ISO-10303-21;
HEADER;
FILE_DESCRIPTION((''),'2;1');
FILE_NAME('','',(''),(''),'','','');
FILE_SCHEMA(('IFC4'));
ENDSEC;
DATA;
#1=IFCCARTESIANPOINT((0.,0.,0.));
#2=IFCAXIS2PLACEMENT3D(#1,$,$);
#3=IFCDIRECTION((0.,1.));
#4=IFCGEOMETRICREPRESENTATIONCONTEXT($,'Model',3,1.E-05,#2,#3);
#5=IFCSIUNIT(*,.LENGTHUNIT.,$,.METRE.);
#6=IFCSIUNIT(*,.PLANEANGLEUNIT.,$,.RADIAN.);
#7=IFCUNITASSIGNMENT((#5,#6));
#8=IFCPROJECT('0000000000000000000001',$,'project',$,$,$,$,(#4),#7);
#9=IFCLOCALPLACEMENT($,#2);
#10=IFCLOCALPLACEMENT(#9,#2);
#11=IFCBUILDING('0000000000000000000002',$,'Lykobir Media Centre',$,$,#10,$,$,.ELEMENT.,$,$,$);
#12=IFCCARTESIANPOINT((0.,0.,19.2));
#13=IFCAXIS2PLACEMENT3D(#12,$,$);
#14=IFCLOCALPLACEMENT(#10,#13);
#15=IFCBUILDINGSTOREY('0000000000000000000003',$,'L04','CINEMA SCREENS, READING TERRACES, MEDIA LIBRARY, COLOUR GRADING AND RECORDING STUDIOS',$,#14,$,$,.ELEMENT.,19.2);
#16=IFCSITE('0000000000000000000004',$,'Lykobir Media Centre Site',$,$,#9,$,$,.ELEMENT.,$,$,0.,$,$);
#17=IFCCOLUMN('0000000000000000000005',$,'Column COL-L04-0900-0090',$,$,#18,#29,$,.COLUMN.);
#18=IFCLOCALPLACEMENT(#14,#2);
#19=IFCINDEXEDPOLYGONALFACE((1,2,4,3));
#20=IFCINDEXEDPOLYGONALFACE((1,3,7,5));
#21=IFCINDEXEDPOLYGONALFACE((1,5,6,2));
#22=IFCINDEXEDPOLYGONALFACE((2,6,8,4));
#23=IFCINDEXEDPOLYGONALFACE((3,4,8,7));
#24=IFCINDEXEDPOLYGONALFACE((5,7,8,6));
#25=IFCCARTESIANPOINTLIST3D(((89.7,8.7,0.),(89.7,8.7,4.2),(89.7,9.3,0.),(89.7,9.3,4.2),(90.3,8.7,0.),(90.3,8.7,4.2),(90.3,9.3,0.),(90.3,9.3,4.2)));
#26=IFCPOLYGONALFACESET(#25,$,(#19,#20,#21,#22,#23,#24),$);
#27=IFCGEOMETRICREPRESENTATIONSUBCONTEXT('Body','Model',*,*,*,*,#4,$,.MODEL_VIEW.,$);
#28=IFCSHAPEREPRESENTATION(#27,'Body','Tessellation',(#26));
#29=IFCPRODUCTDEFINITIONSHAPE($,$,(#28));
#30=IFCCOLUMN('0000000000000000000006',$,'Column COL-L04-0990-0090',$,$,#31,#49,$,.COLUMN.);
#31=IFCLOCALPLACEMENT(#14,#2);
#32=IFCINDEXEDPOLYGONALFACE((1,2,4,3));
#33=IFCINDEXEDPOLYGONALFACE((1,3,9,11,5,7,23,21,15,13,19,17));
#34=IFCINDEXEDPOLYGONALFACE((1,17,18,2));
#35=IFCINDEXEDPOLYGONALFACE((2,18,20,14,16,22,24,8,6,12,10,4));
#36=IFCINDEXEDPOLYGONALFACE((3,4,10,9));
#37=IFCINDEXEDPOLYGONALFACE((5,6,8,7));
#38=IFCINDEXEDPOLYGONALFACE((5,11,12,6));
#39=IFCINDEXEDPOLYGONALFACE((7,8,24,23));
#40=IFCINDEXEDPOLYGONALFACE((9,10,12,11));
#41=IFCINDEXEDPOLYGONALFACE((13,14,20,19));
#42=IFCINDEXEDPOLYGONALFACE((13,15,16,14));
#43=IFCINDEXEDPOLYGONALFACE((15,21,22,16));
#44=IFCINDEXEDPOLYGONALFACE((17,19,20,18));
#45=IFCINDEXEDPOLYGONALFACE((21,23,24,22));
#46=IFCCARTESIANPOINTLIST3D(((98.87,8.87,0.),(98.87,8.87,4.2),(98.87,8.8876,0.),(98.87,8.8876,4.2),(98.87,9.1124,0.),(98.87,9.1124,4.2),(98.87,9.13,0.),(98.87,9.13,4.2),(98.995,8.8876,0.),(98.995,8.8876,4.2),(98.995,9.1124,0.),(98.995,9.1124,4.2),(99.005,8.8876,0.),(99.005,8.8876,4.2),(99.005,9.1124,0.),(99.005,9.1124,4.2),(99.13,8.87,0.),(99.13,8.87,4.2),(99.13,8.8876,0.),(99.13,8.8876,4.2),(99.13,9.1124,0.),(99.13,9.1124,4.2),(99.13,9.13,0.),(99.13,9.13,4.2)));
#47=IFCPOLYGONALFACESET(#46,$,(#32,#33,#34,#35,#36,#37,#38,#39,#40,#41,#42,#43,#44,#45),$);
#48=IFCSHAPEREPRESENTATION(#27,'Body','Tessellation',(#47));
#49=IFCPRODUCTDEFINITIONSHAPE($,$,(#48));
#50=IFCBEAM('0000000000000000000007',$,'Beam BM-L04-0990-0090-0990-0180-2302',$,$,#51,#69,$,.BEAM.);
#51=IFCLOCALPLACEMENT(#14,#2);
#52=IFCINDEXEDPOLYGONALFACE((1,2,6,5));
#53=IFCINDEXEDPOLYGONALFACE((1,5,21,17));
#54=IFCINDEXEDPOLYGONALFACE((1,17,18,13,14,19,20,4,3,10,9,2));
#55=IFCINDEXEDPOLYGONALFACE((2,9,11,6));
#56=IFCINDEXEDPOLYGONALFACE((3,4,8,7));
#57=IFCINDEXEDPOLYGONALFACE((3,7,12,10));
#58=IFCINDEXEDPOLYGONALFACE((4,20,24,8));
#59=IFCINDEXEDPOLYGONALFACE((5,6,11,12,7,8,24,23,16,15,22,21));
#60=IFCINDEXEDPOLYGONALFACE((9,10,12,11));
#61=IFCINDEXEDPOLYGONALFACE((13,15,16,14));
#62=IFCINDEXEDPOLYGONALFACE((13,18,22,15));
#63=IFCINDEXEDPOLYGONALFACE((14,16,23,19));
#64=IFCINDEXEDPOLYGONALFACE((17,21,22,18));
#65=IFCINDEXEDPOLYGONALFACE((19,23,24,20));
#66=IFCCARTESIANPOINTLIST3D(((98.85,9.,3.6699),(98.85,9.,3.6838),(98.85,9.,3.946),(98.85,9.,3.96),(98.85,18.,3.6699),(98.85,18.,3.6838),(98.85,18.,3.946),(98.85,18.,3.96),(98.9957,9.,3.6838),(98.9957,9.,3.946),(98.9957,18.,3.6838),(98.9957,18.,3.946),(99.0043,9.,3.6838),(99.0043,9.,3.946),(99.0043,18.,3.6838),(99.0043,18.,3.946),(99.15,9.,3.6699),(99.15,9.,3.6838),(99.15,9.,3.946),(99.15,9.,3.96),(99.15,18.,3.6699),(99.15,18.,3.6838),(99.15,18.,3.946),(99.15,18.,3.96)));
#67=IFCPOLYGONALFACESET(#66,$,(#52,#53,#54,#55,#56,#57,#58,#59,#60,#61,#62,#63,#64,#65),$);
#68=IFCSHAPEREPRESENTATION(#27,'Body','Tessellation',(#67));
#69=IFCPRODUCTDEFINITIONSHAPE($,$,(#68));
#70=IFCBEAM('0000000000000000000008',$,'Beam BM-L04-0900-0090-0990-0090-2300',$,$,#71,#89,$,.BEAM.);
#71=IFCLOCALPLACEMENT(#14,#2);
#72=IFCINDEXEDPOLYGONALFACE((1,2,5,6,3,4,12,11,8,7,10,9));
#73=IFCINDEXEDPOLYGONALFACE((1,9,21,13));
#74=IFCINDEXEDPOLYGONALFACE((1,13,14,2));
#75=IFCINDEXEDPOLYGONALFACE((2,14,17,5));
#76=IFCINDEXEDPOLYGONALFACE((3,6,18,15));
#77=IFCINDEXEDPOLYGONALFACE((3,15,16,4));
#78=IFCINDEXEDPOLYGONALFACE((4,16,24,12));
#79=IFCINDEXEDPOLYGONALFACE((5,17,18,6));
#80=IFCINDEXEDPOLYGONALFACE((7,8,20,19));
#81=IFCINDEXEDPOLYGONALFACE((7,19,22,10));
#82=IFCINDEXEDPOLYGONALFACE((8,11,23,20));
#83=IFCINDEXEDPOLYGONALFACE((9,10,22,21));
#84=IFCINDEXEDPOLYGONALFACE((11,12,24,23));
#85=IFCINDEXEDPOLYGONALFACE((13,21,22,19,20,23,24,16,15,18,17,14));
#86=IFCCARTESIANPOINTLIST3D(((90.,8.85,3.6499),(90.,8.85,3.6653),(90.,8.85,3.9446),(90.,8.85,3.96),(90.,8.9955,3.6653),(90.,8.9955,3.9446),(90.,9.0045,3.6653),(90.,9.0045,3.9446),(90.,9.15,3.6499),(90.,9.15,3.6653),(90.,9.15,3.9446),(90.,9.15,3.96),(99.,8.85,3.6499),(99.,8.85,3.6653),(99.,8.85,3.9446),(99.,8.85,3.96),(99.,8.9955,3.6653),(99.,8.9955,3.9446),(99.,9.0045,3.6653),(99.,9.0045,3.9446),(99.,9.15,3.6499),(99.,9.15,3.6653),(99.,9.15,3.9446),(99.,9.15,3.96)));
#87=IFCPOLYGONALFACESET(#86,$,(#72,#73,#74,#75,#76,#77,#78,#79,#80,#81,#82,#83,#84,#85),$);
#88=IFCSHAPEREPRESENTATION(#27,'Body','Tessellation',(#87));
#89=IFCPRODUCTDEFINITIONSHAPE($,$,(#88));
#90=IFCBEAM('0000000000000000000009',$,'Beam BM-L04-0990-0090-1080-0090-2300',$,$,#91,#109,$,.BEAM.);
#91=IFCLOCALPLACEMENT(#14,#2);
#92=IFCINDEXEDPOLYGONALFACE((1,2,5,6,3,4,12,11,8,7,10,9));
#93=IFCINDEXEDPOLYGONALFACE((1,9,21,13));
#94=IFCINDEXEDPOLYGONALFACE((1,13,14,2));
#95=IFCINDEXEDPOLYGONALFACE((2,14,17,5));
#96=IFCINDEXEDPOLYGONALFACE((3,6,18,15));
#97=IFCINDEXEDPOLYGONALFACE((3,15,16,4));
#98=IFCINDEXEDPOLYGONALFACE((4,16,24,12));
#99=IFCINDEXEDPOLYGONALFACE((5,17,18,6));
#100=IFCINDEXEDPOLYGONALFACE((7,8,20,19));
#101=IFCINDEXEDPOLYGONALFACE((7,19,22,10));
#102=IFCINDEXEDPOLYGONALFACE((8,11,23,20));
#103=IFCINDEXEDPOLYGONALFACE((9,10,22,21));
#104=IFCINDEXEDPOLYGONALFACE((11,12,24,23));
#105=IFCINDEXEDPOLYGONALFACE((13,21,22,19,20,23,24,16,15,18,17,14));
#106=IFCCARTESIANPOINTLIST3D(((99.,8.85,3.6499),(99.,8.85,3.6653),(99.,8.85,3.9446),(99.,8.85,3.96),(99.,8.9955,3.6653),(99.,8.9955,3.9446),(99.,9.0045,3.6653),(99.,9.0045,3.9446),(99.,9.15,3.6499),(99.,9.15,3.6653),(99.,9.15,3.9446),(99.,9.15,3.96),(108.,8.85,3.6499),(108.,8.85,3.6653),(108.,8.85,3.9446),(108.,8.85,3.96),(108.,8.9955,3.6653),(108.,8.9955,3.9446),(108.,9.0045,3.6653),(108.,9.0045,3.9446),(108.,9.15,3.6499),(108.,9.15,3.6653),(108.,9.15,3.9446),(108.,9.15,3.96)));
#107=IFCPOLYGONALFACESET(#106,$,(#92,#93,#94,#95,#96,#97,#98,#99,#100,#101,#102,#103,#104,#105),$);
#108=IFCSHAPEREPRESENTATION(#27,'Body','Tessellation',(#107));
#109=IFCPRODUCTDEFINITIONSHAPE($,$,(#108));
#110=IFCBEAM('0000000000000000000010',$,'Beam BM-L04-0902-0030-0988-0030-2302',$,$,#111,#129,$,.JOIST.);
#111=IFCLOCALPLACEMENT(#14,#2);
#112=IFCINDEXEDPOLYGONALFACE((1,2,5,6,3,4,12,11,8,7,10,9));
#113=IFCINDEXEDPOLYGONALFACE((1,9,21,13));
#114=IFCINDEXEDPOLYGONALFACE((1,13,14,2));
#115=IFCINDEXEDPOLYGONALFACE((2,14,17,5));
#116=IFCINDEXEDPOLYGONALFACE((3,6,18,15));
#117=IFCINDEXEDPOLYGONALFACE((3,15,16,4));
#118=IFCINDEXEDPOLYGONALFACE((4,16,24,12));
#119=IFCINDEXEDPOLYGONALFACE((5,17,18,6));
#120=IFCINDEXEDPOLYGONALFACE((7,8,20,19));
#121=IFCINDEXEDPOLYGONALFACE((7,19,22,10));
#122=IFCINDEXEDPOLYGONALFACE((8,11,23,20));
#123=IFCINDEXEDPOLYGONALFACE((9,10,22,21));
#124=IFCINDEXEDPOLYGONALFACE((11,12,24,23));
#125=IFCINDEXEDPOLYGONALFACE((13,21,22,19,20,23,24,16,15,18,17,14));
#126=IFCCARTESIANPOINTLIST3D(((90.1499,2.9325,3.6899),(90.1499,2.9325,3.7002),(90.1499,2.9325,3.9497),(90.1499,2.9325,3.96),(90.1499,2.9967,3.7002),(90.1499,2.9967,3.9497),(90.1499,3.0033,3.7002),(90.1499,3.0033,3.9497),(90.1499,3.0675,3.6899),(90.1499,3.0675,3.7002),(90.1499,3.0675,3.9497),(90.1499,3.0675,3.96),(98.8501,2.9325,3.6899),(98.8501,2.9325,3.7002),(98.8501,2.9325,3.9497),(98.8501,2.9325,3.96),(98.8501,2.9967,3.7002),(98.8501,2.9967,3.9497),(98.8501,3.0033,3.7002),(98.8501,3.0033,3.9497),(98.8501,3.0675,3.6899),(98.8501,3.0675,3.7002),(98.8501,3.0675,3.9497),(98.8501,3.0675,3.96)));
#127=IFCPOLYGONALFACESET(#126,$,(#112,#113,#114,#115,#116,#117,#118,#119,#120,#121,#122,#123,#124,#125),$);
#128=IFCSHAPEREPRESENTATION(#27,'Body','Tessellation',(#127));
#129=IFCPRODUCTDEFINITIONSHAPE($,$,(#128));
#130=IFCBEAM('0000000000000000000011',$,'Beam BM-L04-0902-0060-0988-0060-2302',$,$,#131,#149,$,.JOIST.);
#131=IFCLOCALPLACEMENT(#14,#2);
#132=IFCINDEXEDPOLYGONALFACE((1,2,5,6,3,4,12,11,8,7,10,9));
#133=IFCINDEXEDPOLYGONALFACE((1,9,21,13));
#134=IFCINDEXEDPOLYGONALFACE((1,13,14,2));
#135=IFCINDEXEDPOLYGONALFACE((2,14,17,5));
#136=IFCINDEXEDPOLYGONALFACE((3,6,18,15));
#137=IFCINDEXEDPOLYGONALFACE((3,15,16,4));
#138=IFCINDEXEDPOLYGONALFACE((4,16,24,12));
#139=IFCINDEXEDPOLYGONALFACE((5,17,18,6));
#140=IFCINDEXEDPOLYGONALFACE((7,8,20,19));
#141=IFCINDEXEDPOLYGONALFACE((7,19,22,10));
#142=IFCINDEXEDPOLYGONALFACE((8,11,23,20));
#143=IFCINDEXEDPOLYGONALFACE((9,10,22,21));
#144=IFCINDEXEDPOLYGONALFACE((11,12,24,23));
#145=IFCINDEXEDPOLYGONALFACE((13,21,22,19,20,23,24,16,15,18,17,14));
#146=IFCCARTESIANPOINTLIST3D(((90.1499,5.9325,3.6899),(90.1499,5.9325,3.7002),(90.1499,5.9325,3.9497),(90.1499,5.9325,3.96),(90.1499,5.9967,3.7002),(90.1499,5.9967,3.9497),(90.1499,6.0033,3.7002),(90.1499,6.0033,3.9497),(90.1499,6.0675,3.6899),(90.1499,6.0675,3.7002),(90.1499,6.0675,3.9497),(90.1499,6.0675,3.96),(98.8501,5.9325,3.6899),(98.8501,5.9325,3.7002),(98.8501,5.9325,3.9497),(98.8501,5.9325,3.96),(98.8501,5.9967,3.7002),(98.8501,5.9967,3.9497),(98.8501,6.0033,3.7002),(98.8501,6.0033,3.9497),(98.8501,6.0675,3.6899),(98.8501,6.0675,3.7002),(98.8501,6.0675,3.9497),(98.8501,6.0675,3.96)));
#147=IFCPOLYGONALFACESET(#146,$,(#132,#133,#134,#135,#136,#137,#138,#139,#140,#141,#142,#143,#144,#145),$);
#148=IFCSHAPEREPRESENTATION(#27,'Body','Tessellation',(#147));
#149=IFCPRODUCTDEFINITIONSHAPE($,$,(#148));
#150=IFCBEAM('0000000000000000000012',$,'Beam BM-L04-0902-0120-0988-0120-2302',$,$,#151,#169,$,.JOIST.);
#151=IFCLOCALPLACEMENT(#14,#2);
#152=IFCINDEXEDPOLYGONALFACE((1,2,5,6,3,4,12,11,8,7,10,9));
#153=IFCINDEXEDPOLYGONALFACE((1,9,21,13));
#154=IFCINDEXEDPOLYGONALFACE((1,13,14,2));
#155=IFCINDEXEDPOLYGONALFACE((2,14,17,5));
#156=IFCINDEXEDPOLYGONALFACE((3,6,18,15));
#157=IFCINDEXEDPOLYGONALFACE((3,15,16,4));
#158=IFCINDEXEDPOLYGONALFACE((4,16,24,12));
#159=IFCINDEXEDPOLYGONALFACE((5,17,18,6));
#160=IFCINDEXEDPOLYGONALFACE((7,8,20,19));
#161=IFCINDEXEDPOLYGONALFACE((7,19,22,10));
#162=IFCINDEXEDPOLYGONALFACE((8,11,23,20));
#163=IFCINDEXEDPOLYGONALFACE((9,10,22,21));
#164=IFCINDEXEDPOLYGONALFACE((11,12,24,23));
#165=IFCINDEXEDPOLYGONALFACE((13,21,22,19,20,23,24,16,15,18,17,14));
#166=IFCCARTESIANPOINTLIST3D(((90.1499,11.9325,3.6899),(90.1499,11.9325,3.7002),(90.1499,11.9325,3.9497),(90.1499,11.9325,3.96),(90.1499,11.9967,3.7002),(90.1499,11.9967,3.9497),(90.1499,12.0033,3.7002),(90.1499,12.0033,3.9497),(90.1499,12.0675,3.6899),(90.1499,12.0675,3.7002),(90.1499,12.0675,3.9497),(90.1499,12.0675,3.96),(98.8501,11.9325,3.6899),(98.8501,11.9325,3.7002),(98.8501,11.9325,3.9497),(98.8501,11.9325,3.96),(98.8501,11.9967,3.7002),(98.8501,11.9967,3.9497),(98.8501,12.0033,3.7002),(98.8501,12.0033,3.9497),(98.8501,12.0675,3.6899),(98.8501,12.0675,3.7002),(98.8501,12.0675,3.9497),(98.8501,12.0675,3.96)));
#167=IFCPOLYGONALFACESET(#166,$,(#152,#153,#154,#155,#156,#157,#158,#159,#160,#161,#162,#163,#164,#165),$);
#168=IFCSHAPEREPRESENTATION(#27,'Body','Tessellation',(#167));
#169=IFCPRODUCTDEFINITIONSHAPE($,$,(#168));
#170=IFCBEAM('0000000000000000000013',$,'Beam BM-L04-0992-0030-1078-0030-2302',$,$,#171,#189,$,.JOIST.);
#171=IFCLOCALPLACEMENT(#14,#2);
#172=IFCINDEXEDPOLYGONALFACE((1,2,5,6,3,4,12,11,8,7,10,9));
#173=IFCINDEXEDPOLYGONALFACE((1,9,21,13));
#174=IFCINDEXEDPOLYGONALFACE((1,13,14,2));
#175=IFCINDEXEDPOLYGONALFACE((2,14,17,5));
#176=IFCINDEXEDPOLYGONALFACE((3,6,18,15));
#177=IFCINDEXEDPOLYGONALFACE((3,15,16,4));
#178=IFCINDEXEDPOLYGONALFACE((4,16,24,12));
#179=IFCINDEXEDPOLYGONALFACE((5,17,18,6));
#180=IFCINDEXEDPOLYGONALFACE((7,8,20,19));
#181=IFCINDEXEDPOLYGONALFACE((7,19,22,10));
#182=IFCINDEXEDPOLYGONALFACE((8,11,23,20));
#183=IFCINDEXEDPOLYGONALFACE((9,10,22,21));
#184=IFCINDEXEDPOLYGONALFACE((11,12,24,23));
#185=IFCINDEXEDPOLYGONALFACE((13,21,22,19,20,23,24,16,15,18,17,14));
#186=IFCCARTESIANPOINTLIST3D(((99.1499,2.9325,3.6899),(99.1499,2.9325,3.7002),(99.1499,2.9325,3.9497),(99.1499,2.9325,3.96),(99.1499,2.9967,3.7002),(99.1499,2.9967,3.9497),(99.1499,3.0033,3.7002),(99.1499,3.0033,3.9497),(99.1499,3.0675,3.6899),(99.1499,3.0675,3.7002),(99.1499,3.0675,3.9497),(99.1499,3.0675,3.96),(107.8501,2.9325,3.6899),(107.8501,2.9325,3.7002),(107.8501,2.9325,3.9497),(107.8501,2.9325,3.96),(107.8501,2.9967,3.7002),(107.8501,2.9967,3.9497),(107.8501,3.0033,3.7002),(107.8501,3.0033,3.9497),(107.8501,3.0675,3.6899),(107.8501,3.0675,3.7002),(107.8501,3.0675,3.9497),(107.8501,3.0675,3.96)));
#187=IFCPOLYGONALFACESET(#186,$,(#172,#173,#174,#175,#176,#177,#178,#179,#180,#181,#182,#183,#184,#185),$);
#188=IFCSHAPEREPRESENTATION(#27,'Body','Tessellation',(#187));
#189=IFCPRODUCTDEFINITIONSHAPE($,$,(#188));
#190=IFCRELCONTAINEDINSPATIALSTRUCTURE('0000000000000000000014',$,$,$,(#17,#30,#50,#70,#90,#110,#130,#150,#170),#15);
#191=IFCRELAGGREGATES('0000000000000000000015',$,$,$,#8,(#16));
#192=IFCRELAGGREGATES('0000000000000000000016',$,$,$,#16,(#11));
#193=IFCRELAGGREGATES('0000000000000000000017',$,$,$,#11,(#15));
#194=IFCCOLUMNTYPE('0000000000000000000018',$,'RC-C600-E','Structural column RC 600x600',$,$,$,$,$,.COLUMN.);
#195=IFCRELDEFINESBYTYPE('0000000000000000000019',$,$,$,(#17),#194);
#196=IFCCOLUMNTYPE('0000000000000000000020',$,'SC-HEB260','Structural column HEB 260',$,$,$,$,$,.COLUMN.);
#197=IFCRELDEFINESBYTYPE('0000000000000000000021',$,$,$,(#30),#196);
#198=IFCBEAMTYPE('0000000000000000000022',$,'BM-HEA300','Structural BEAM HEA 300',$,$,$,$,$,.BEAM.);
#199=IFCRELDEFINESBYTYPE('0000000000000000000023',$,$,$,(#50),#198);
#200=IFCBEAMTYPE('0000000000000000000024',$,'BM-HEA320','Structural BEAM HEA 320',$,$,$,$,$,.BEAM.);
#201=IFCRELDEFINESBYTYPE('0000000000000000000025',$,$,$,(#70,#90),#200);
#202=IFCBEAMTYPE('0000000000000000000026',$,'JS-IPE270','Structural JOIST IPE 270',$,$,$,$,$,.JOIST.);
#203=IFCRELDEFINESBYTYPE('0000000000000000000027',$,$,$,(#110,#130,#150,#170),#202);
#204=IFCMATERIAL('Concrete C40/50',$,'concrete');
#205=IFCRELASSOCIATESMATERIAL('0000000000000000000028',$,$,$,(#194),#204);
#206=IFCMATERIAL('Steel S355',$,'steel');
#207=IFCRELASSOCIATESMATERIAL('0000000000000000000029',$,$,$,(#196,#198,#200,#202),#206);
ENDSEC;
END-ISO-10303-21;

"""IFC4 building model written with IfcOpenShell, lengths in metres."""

from ifc_helpers import new_model, si_unit, direction, frame, origin, origin_2d, place, context, subcontext, project, spatial, rectangle, i_section, extrude, material, material_profile, profile_set, type_object, element, save


model = new_model("IFC4")

# Units and contexts
model_context = context("Model", 3, precision=1e-05, world=origin(), true_north=direction((0.0, 1.0)))
body_context = subcontext(model_context, "Body", "Model", "MODEL_VIEW")
ifc_project = project(units=[si_unit("LENGTHUNIT", "METRE"), si_unit("PLANEANGLEUNIT", "RADIAN")], contexts=[model_context])

# Site, building, storey
site_placement = place(None, origin())
site = spatial("IfcSite", under=ifc_project, at=site_placement, Name="Lykobir Media Centre Site", CompositionType="ELEMENT", RefElevation=0.0)
building_placement = place(site_placement, origin())
building = spatial("IfcBuilding", under=site, at=building_placement, Name="Lykobir Media Centre", CompositionType="ELEMENT")
storey_placement = place(building_placement, frame((0.0, 0.0, 19.2)))
storey = spatial("IfcBuildingStorey", under=building, at=storey_placement, Name="L04", Description="CINEMA SCREENS, READING TERRACES, MEDIA LIBRARY, COLOUR GRADING AND RECORDING STUDIOS", CompositionType="ELEMENT", Elevation=19.2)

# Columns
ifc_material_1 = material(Name="Concrete C40/50", Category="concrete")
ifc_material_profile_1 = material_profile(ifc_material_1, rectangle(XDim=0.6001, YDim=0.6001, at=origin_2d()), Name="RC 600x600")
ifc_profile_set_1 = profile_set([ifc_material_profile_1], Name="Concrete C40/50")
column_type_1 = type_object("IfcColumnType", Name="RC-C600-E", Description="Structural column RC 600x600", PredefinedType="COLUMN", material=ifc_profile_set_1)
column_1_placement = place(storey_placement, frame((90.0, 9.0, 0.0), z_axis=(0.0, 0.0, 1.0), x_axis=(1.0, 0.0, 0.0)))
element("IfcColumn", 1, at=column_1_placement, inside=storey, type_object=column_type_1, Name="Column COL-L04-0900-0090", PredefinedType="COLUMN", context=body_context, shape_type="SweptSolid", body=[
    extrude(rectangle(XDim=0.6001, YDim=0.6001, at=origin_2d()), origin(), (0.0, 0.0, 1.0), 4.2),
])
ifc_material_2 = material(Name="Steel S355", Category="steel")
ifc_material_profile_2 = material_profile(ifc_material_2, i_section(OverallWidth=0.26, OverallDepth=0.26, WebThickness=0.01, FlangeThickness=0.0176, at=origin_2d()), Name="HEB 260")
ifc_profile_set_2 = profile_set([ifc_material_profile_2], Name="Steel S355")
column_type_2 = type_object("IfcColumnType", Name="SC-HEB260", Description="Structural column HEB 260", PredefinedType="COLUMN", material=ifc_profile_set_2)
column_2_placement = place(storey_placement, frame((99.0, 9.0, 0.0), z_axis=(0.0, 0.0, 1.0), x_axis=(1.0, 0.0, 0.0)))
element("IfcColumn", 2, at=column_2_placement, inside=storey, type_object=column_type_2, Name="Column COL-L04-0990-0090", PredefinedType="COLUMN", context=body_context, shape_type="SweptSolid", body=[
    extrude(i_section(OverallWidth=0.26, OverallDepth=0.26, WebThickness=0.01, FlangeThickness=0.0176, at=origin_2d()), origin(), (0.0, 0.0, 1.0), 4.2),
])

# Beams
ifc_material_profile_3 = material_profile(ifc_material_2, i_section(OverallWidth=0.3, OverallDepth=0.29, WebThickness=0.0085, FlangeThickness=0.0139, at=origin_2d()), Name="HEA 300")
ifc_profile_set_3 = profile_set([ifc_material_profile_3], Name="Steel S355")
beam_type_1 = type_object("IfcBeamType", Name="BM-HEA300", Description="Structural BEAM HEA 300", PredefinedType="BEAM", material=ifc_profile_set_3)
beam_1_placement = place(storey_placement, frame((99.0, 9.0, 3.8149), z_axis=(0.0, 1.0, 0.0), x_axis=(-1.0, 0.0, 0.0)))
element("IfcBeam", 3, at=beam_1_placement, inside=storey, type_object=beam_type_1, Name="Beam BM-L04-0990-0090-0990-0180-2302", PredefinedType="BEAM", context=body_context, shape_type="SweptSolid", body=[
    extrude(i_section(OverallWidth=0.3, OverallDepth=0.29, WebThickness=0.0085, FlangeThickness=0.0139, at=origin_2d()), origin(), (0.0, 0.0, 1.0), 9.0),
])
ifc_material_profile_4 = material_profile(ifc_material_2, i_section(OverallWidth=0.3, OverallDepth=0.3101, WebThickness=0.009, FlangeThickness=0.0154, at=origin_2d()), Name="HEA 320")
ifc_profile_set_4 = profile_set([ifc_material_profile_4], Name="Steel S355")
beam_type_2 = type_object("IfcBeamType", Name="BM-HEA320", Description="Structural BEAM HEA 320", PredefinedType="BEAM", material=ifc_profile_set_4)
for number, where, z_axis, x_axis, name in (
    (4, (90.0, 9.0, 3.8049), (1.0, 0.0, 0.0), (0.0, 1.0, 0.0), "Beam BM-L04-0900-0090-0990-0090-2300"),
    (5, (99.0, 9.0, 3.8049), (1.0, 0.0, 0.0), (0.0, 1.0, 0.0), "Beam BM-L04-0990-0090-1080-0090-2300"),
):
    element("IfcBeam", number, at=place(storey_placement, frame(where, z_axis=z_axis, x_axis=x_axis)), inside=storey, type_object=beam_type_2, Name=name, PredefinedType="BEAM", context=body_context, shape_type="SweptSolid", body=[
        extrude(i_section(OverallWidth=0.3, OverallDepth=0.3101, WebThickness=0.009, FlangeThickness=0.0154, at=origin_2d()), origin(), (0.0, 0.0, 1.0), 9.0),
    ])
ifc_material_profile_5 = material_profile(ifc_material_2, i_section(OverallWidth=0.135, OverallDepth=0.27, WebThickness=0.0066, FlangeThickness=0.0103, at=origin_2d()), Name="IPE 270")
ifc_profile_set_5 = profile_set([ifc_material_profile_5], Name="Steel S355")
beam_type_3 = type_object("IfcBeamType", Name="JS-IPE270", Description="Structural JOIST IPE 270", PredefinedType="JOIST", material=ifc_profile_set_5)
for number, where, z_axis, x_axis, name in (
    (6, (90.1499, 3.0, 3.825), (1.0, 0.0, 0.0), (0.0, 1.0, 0.0), "Beam BM-L04-0902-0030-0988-0030-2302"),
    (7, (90.1499, 6.0, 3.825), (1.0, 0.0, 0.0), (0.0, 1.0, 0.0), "Beam BM-L04-0902-0060-0988-0060-2302"),
    (8, (90.1499, 12.0, 3.825), (1.0, 0.0, 0.0), (0.0, 1.0, 0.0), "Beam BM-L04-0902-0120-0988-0120-2302"),
    (9, (99.1499, 3.0, 3.825), (1.0, 0.0, 0.0), (0.0, 1.0, 0.0), "Beam BM-L04-0992-0030-1078-0030-2302"),
):
    element("IfcBeam", number, at=place(storey_placement, frame(where, z_axis=z_axis, x_axis=x_axis)), inside=storey, type_object=beam_type_3, Name=name, PredefinedType="JOIST", context=body_context, shape_type="SweptSolid", body=[
        extrude(i_section(OverallWidth=0.135, OverallDepth=0.27, WebThickness=0.0066, FlangeThickness=0.0103, at=origin_2d()), origin(), (0.0, 0.0, 1.0), 8.7002),
    ])

save(model, "model.ifc")
